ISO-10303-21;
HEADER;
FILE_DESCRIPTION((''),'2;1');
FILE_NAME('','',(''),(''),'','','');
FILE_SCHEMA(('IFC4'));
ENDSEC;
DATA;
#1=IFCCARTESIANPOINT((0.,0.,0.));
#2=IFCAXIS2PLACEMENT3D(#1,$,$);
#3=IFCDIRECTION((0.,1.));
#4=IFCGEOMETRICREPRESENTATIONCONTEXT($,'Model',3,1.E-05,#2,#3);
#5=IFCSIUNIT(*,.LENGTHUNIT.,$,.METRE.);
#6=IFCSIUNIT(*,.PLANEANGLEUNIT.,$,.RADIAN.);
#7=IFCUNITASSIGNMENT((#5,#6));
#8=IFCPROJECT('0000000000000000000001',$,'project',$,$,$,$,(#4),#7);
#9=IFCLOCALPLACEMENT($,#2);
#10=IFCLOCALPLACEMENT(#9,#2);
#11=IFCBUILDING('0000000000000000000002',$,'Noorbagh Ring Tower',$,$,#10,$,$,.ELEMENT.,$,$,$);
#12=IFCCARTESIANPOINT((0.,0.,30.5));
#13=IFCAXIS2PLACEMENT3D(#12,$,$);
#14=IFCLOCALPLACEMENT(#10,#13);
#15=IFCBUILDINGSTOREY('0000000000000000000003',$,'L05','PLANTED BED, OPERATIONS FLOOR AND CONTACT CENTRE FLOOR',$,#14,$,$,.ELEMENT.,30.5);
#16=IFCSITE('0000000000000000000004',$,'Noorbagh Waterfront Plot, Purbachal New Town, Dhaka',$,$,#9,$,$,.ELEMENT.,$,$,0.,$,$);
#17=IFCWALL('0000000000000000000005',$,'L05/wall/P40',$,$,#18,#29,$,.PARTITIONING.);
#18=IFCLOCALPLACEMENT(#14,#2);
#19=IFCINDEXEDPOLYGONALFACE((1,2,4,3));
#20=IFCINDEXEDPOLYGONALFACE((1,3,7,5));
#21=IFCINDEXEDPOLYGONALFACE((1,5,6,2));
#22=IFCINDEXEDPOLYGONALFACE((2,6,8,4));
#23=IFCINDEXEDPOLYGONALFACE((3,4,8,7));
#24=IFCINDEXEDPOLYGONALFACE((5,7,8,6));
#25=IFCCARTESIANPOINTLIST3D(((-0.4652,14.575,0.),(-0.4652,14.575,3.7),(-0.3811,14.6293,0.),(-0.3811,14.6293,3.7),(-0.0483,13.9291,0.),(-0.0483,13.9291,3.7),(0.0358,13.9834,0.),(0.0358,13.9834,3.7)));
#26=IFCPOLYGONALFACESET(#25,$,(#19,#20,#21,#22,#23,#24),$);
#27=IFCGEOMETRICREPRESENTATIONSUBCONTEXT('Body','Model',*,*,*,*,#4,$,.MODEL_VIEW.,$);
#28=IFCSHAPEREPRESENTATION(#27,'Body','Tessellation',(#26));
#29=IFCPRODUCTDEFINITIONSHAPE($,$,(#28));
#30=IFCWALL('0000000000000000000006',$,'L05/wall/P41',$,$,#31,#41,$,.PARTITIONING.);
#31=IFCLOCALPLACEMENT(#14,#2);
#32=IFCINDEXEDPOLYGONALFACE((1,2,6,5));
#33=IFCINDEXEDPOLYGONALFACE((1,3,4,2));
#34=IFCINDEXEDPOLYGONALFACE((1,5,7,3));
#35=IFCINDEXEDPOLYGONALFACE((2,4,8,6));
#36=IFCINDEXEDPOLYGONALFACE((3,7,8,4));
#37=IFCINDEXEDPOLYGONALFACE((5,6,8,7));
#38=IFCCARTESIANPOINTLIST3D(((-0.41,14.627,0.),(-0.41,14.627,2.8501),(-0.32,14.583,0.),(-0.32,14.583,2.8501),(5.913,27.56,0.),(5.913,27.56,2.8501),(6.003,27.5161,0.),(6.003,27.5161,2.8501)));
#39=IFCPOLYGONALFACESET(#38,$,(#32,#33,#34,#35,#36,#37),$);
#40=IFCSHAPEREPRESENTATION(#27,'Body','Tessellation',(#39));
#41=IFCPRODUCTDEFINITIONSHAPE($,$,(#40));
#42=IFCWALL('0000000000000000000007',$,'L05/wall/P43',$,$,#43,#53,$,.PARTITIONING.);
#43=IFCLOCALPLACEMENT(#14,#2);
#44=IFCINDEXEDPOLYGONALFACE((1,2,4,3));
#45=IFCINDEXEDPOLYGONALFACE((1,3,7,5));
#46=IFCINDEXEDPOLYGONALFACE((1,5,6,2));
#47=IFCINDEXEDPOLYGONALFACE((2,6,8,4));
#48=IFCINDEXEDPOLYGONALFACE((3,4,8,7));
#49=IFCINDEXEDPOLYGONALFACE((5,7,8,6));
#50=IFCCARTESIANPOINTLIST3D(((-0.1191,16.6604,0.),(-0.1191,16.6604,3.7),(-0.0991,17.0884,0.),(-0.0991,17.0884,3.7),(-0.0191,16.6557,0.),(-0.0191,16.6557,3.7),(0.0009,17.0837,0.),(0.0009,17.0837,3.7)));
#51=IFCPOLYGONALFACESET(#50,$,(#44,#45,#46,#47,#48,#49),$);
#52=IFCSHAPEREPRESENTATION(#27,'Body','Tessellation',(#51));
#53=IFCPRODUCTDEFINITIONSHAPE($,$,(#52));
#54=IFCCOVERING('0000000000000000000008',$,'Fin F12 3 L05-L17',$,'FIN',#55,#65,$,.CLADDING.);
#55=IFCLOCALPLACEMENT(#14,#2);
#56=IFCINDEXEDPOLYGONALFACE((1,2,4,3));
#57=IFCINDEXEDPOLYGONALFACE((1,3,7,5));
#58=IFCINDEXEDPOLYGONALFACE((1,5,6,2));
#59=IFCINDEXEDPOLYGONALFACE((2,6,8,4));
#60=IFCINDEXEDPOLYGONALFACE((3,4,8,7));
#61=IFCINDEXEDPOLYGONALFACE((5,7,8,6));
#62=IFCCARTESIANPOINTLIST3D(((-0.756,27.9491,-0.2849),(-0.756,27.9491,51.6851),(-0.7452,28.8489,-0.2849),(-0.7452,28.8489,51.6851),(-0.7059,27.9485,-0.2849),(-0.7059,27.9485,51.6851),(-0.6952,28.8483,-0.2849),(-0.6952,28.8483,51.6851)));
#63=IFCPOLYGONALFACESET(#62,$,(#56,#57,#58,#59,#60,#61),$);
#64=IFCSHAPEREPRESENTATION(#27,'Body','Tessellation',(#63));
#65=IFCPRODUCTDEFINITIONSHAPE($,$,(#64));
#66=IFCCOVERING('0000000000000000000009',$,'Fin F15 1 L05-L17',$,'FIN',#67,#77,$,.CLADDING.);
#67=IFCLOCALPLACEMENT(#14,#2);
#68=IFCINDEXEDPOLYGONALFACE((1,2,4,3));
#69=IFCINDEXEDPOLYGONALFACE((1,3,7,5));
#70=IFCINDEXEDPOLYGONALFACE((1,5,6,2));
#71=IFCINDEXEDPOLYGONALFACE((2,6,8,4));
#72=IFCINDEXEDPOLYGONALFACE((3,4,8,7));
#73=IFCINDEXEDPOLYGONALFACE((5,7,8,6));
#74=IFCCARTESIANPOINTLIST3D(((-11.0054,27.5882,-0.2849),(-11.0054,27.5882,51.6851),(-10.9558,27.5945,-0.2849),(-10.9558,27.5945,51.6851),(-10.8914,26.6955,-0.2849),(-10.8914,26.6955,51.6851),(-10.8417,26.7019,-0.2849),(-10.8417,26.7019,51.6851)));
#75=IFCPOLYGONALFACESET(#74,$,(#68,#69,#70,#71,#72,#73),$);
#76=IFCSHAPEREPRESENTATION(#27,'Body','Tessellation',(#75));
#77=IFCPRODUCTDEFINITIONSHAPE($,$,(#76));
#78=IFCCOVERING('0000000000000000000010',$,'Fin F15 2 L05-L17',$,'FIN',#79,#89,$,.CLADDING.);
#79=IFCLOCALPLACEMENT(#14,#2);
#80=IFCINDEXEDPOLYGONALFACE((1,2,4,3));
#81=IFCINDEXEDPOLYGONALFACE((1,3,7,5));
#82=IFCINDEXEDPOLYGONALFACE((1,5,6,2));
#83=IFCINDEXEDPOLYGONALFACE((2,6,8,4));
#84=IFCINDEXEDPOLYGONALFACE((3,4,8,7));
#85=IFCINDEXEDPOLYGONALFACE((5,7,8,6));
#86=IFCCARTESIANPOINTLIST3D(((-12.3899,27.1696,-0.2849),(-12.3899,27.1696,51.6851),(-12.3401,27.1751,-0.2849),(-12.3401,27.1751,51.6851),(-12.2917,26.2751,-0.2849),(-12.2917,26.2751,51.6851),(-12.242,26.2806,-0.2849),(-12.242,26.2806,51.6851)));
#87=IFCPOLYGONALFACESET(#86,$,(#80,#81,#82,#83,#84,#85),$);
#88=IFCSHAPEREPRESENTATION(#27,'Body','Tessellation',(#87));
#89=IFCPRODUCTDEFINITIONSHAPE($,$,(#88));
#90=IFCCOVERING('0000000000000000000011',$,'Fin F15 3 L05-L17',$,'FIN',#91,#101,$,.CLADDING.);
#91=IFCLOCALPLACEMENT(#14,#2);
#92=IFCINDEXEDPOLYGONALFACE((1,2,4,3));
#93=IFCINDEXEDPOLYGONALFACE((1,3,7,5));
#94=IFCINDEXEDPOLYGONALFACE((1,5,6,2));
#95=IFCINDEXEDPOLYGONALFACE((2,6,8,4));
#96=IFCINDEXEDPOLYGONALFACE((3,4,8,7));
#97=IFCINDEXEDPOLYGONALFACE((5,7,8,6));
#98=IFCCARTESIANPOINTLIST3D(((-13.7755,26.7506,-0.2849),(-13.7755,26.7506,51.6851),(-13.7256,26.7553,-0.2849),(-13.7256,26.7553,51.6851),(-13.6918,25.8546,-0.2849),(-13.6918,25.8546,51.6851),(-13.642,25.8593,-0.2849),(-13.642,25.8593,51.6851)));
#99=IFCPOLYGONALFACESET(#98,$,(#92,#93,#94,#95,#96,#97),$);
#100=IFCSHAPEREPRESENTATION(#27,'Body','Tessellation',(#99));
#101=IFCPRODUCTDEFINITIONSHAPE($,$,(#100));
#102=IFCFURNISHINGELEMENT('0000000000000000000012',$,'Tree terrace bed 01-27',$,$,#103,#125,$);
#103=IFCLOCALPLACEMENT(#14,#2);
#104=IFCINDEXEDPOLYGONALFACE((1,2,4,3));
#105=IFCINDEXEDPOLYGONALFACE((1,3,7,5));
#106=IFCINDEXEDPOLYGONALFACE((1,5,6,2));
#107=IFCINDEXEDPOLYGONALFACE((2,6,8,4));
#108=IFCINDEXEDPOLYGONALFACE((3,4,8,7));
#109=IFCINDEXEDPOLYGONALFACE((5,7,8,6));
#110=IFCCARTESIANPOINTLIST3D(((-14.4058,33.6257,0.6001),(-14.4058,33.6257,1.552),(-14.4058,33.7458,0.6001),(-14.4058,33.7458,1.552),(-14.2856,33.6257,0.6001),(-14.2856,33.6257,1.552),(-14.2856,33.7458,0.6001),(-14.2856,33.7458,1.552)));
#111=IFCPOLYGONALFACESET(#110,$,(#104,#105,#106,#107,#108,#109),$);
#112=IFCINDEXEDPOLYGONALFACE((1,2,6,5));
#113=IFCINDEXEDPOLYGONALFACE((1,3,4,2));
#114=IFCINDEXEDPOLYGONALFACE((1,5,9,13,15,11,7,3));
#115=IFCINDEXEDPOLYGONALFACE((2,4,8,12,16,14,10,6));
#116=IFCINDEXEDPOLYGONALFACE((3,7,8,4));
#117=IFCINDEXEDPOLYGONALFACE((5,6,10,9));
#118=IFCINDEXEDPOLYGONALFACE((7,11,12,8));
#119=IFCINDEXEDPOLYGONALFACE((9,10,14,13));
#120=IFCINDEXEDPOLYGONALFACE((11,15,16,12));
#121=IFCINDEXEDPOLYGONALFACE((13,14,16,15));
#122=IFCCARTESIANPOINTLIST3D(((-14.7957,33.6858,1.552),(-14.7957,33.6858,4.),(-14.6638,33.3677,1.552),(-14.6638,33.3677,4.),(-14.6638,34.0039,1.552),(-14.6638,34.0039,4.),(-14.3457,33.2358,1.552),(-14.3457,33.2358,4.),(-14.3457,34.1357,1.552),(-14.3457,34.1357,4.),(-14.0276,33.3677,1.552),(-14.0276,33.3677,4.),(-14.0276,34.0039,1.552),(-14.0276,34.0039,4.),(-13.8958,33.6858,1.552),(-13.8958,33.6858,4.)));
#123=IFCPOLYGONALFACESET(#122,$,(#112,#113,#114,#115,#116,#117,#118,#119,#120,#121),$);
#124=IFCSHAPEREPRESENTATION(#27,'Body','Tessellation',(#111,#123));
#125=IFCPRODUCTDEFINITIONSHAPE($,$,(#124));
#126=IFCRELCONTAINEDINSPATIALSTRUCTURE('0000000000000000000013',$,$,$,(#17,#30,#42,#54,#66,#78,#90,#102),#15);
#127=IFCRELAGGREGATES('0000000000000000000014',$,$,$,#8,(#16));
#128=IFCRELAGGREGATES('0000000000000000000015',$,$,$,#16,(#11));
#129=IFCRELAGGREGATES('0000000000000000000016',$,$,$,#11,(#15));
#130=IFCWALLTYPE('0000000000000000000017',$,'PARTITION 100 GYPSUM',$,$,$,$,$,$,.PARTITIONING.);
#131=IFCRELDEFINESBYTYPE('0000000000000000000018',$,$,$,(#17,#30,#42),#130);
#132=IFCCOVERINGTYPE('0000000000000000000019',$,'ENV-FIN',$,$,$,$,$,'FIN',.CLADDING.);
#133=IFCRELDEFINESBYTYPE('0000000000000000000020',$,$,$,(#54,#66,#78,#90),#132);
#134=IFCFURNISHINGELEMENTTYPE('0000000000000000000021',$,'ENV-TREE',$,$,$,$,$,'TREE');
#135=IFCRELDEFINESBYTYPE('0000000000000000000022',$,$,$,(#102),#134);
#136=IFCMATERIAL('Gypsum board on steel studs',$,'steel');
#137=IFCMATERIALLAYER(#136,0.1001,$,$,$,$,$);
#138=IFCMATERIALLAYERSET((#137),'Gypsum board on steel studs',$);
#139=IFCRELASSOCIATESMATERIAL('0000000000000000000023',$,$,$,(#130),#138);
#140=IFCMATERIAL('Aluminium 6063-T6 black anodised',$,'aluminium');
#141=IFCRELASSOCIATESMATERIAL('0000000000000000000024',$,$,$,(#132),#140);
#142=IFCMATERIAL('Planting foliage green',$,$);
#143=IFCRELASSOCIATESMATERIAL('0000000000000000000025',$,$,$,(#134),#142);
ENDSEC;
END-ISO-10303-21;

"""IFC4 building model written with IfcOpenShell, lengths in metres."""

from ifc_helpers import new_model, si_unit, direction, frame, frame_2d, origin, origin_2d, place, context, subcontext, project, spatial, polyline, rectangle, outline, extrude, material, layer, layer_set, material_profile, profile_set, type_object, element, save


model = new_model("IFC4")

# Units and contexts
model_context = context("Model", 3, precision=1e-05, world=origin(), true_north=direction((0.0, 1.0)))
body_context = subcontext(model_context, "Body", "Model", "MODEL_VIEW")
ifc_project = project(units=[si_unit("LENGTHUNIT", "METRE"), si_unit("PLANEANGLEUNIT", "RADIAN")], contexts=[model_context])

# Site, building, storey
site_placement = place(None, origin())
site = spatial("IfcSite", under=ifc_project, at=site_placement, Name="Noorbagh Waterfront Plot, Purbachal New Town, Dhaka", CompositionType="ELEMENT", RefElevation=0.0)
building_placement = place(site_placement, origin())
building = spatial("IfcBuilding", under=site, at=building_placement, Name="Noorbagh Ring Tower", CompositionType="ELEMENT")
storey_placement = place(building_placement, frame((0.0, 0.0, 30.5)))
storey = spatial("IfcBuildingStorey", under=building, at=storey_placement, Name="L05", Description="PLANTED BED, OPERATIONS FLOOR AND CONTACT CENTRE FLOOR", CompositionType="ELEMENT", Elevation=30.5)

# Walls
ifc_material_1 = material(Name="Gypsum board on steel studs", Category="steel")
ifc_layer_1 = layer(ifc_material_1, 0.1001)
ifc_layer_set_1 = layer_set([ifc_layer_1], Name="Gypsum board on steel studs")
wall_type_1 = type_object("IfcWallType", Name="PARTITION 100 GYPSUM", PredefinedType="PARTITIONING", material=ifc_layer_set_1)
wall_1_placement = place(storey_placement, frame((-0.4231, 14.6021, 0.0), z_axis=(0.0, 0.0, 1.0), x_axis=(0.542329, -0.840166, 0.0)))
element("IfcWall", 1, at=wall_1_placement, inside=storey, type_object=wall_type_1, Name="L05/wall/P40", PredefinedType="PARTITIONING", context=body_context, shape_type="SweptSolid", body=[
    extrude(rectangle(XDim=0.7688, YDim=0.1001, at=frame_2d((0.3843, 0.0))), origin(), (0.0, 0.0, 1.0), 3.7),
])
wall_2_placement = place(storey_placement, frame((-0.365, 14.605, 0.0), z_axis=(0.0, 0.0, 1.0), x_axis=(0.439218, 0.89838, 0.0)))
element("IfcWall", 2, at=wall_2_placement, inside=storey, type_object=wall_type_1, Name="L05/wall/P41", PredefinedType="PARTITIONING", context=body_context, shape_type="SweptSolid", body=[
    extrude(rectangle(XDim=14.396, YDim=0.1001, at=frame_2d((7.198, 0.0))), origin(), (0.0, 0.0, 1.0), 2.8501),
])
wall_3_placement = place(storey_placement, frame((-0.0691, 16.658, 0.0), z_axis=(0.0, 0.0, 1.0), x_axis=(0.046726, 0.998908, 0.0)))
element("IfcWall", 3, at=wall_3_placement, inside=storey, type_object=wall_type_1, Name="L05/wall/P43", PredefinedType="PARTITIONING", context=body_context, shape_type="SweptSolid", body=[
    extrude(rectangle(XDim=0.4285, YDim=0.1001, at=frame_2d((0.2144, 0.0))), origin(), (0.0, 0.0, 1.0), 3.7),
])

# Coverings
ifc_material_2 = material(Name="Aluminium 6063-T6 black anodised", Category="aluminium")
ifc_material_profile_1 = material_profile(ifc_material_2, rectangle(XDim=0.8999, YDim=0.05, at=origin_2d()), Name="900x50")
ifc_profile_set_1 = profile_set([ifc_material_profile_1], Name="Aluminium 6063-T6 black anodised")
covering_type = type_object("IfcCoveringType", Name="ENV-FIN", ElementType="FIN", PredefinedType="CLADDING", material=ifc_profile_set_1)
for number, where, z_axis, x_axis, name in (
    (4, (-0.7256, 28.3987, -0.2849), (0.0, 0.0, 1.0), (0.011915, 0.999929, 0.0), "Fin F12 3 L05-L17"),
    (5, (-10.9236, 27.145, -0.2849), (0.0, 0.0, 1.0), (-0.126759, 0.991933, 0.0), "Fin F15 1 L05-L17"),
    (6, (-12.3159, 26.7251, -0.2849), (0.0, 0.0, 1.0), (-0.109101, 0.994031, 0.0), "Fin F15 2 L05-L17"),
    (7, (-13.7087, 26.3049, -0.2849), (0.0, 0.0, 1.0), (-0.092918, 0.995674, 0.0), "Fin F15 3 L05-L17"),
):
    element("IfcCovering", number, at=place(storey_placement, frame(where, z_axis=z_axis, x_axis=x_axis)), inside=storey, type_object=covering_type, Name=name, ObjectType="FIN", PredefinedType="CLADDING", context=body_context, shape_type="SweptSolid", body=[
        extrude(rectangle(XDim=0.8999, YDim=0.05, at=origin_2d()), origin(), (0.0, 0.0, 1.0), 51.97),
    ])

# Furnishing element
ifc_material_3 = material(Name="Planting foliage green")
furnishing_element_type = type_object("IfcFurnishingElementType", Name="ENV-TREE", ElementType="TREE", material=ifc_material_3)
furnishing_placement = place(storey_placement, frame((-14.3457, 33.6858, 0.6001), z_axis=(0.0, 0.0, 1.0), x_axis=(1.0, 0.0, 0.0)))
element("IfcFurnishingElement", 8, at=furnishing_placement, inside=storey, type_object=furnishing_element_type, Name="Tree terrace bed 01-27", context=body_context, shape_type="SweptSolid", body=[
    extrude(rectangle(XDim=0.1201, YDim=0.1201, at=origin_2d()), origin(), (0.0, 0.0, 1.0), 0.9519),
    extrude(outline(polyline([(0.45, 0.0), (0.3181, 0.3181), (0.0, 0.45), (-0.3181, 0.3181), (-0.45, 0.0), (-0.3181, -0.3181), (0.0, -0.45), (0.3181, -0.3181), (0.45, 0.0)])), frame((0.0, 0.0, 0.9519)), (0.0, 0.0, 1.0), 2.448),
])

save(model, "model.ifc")
